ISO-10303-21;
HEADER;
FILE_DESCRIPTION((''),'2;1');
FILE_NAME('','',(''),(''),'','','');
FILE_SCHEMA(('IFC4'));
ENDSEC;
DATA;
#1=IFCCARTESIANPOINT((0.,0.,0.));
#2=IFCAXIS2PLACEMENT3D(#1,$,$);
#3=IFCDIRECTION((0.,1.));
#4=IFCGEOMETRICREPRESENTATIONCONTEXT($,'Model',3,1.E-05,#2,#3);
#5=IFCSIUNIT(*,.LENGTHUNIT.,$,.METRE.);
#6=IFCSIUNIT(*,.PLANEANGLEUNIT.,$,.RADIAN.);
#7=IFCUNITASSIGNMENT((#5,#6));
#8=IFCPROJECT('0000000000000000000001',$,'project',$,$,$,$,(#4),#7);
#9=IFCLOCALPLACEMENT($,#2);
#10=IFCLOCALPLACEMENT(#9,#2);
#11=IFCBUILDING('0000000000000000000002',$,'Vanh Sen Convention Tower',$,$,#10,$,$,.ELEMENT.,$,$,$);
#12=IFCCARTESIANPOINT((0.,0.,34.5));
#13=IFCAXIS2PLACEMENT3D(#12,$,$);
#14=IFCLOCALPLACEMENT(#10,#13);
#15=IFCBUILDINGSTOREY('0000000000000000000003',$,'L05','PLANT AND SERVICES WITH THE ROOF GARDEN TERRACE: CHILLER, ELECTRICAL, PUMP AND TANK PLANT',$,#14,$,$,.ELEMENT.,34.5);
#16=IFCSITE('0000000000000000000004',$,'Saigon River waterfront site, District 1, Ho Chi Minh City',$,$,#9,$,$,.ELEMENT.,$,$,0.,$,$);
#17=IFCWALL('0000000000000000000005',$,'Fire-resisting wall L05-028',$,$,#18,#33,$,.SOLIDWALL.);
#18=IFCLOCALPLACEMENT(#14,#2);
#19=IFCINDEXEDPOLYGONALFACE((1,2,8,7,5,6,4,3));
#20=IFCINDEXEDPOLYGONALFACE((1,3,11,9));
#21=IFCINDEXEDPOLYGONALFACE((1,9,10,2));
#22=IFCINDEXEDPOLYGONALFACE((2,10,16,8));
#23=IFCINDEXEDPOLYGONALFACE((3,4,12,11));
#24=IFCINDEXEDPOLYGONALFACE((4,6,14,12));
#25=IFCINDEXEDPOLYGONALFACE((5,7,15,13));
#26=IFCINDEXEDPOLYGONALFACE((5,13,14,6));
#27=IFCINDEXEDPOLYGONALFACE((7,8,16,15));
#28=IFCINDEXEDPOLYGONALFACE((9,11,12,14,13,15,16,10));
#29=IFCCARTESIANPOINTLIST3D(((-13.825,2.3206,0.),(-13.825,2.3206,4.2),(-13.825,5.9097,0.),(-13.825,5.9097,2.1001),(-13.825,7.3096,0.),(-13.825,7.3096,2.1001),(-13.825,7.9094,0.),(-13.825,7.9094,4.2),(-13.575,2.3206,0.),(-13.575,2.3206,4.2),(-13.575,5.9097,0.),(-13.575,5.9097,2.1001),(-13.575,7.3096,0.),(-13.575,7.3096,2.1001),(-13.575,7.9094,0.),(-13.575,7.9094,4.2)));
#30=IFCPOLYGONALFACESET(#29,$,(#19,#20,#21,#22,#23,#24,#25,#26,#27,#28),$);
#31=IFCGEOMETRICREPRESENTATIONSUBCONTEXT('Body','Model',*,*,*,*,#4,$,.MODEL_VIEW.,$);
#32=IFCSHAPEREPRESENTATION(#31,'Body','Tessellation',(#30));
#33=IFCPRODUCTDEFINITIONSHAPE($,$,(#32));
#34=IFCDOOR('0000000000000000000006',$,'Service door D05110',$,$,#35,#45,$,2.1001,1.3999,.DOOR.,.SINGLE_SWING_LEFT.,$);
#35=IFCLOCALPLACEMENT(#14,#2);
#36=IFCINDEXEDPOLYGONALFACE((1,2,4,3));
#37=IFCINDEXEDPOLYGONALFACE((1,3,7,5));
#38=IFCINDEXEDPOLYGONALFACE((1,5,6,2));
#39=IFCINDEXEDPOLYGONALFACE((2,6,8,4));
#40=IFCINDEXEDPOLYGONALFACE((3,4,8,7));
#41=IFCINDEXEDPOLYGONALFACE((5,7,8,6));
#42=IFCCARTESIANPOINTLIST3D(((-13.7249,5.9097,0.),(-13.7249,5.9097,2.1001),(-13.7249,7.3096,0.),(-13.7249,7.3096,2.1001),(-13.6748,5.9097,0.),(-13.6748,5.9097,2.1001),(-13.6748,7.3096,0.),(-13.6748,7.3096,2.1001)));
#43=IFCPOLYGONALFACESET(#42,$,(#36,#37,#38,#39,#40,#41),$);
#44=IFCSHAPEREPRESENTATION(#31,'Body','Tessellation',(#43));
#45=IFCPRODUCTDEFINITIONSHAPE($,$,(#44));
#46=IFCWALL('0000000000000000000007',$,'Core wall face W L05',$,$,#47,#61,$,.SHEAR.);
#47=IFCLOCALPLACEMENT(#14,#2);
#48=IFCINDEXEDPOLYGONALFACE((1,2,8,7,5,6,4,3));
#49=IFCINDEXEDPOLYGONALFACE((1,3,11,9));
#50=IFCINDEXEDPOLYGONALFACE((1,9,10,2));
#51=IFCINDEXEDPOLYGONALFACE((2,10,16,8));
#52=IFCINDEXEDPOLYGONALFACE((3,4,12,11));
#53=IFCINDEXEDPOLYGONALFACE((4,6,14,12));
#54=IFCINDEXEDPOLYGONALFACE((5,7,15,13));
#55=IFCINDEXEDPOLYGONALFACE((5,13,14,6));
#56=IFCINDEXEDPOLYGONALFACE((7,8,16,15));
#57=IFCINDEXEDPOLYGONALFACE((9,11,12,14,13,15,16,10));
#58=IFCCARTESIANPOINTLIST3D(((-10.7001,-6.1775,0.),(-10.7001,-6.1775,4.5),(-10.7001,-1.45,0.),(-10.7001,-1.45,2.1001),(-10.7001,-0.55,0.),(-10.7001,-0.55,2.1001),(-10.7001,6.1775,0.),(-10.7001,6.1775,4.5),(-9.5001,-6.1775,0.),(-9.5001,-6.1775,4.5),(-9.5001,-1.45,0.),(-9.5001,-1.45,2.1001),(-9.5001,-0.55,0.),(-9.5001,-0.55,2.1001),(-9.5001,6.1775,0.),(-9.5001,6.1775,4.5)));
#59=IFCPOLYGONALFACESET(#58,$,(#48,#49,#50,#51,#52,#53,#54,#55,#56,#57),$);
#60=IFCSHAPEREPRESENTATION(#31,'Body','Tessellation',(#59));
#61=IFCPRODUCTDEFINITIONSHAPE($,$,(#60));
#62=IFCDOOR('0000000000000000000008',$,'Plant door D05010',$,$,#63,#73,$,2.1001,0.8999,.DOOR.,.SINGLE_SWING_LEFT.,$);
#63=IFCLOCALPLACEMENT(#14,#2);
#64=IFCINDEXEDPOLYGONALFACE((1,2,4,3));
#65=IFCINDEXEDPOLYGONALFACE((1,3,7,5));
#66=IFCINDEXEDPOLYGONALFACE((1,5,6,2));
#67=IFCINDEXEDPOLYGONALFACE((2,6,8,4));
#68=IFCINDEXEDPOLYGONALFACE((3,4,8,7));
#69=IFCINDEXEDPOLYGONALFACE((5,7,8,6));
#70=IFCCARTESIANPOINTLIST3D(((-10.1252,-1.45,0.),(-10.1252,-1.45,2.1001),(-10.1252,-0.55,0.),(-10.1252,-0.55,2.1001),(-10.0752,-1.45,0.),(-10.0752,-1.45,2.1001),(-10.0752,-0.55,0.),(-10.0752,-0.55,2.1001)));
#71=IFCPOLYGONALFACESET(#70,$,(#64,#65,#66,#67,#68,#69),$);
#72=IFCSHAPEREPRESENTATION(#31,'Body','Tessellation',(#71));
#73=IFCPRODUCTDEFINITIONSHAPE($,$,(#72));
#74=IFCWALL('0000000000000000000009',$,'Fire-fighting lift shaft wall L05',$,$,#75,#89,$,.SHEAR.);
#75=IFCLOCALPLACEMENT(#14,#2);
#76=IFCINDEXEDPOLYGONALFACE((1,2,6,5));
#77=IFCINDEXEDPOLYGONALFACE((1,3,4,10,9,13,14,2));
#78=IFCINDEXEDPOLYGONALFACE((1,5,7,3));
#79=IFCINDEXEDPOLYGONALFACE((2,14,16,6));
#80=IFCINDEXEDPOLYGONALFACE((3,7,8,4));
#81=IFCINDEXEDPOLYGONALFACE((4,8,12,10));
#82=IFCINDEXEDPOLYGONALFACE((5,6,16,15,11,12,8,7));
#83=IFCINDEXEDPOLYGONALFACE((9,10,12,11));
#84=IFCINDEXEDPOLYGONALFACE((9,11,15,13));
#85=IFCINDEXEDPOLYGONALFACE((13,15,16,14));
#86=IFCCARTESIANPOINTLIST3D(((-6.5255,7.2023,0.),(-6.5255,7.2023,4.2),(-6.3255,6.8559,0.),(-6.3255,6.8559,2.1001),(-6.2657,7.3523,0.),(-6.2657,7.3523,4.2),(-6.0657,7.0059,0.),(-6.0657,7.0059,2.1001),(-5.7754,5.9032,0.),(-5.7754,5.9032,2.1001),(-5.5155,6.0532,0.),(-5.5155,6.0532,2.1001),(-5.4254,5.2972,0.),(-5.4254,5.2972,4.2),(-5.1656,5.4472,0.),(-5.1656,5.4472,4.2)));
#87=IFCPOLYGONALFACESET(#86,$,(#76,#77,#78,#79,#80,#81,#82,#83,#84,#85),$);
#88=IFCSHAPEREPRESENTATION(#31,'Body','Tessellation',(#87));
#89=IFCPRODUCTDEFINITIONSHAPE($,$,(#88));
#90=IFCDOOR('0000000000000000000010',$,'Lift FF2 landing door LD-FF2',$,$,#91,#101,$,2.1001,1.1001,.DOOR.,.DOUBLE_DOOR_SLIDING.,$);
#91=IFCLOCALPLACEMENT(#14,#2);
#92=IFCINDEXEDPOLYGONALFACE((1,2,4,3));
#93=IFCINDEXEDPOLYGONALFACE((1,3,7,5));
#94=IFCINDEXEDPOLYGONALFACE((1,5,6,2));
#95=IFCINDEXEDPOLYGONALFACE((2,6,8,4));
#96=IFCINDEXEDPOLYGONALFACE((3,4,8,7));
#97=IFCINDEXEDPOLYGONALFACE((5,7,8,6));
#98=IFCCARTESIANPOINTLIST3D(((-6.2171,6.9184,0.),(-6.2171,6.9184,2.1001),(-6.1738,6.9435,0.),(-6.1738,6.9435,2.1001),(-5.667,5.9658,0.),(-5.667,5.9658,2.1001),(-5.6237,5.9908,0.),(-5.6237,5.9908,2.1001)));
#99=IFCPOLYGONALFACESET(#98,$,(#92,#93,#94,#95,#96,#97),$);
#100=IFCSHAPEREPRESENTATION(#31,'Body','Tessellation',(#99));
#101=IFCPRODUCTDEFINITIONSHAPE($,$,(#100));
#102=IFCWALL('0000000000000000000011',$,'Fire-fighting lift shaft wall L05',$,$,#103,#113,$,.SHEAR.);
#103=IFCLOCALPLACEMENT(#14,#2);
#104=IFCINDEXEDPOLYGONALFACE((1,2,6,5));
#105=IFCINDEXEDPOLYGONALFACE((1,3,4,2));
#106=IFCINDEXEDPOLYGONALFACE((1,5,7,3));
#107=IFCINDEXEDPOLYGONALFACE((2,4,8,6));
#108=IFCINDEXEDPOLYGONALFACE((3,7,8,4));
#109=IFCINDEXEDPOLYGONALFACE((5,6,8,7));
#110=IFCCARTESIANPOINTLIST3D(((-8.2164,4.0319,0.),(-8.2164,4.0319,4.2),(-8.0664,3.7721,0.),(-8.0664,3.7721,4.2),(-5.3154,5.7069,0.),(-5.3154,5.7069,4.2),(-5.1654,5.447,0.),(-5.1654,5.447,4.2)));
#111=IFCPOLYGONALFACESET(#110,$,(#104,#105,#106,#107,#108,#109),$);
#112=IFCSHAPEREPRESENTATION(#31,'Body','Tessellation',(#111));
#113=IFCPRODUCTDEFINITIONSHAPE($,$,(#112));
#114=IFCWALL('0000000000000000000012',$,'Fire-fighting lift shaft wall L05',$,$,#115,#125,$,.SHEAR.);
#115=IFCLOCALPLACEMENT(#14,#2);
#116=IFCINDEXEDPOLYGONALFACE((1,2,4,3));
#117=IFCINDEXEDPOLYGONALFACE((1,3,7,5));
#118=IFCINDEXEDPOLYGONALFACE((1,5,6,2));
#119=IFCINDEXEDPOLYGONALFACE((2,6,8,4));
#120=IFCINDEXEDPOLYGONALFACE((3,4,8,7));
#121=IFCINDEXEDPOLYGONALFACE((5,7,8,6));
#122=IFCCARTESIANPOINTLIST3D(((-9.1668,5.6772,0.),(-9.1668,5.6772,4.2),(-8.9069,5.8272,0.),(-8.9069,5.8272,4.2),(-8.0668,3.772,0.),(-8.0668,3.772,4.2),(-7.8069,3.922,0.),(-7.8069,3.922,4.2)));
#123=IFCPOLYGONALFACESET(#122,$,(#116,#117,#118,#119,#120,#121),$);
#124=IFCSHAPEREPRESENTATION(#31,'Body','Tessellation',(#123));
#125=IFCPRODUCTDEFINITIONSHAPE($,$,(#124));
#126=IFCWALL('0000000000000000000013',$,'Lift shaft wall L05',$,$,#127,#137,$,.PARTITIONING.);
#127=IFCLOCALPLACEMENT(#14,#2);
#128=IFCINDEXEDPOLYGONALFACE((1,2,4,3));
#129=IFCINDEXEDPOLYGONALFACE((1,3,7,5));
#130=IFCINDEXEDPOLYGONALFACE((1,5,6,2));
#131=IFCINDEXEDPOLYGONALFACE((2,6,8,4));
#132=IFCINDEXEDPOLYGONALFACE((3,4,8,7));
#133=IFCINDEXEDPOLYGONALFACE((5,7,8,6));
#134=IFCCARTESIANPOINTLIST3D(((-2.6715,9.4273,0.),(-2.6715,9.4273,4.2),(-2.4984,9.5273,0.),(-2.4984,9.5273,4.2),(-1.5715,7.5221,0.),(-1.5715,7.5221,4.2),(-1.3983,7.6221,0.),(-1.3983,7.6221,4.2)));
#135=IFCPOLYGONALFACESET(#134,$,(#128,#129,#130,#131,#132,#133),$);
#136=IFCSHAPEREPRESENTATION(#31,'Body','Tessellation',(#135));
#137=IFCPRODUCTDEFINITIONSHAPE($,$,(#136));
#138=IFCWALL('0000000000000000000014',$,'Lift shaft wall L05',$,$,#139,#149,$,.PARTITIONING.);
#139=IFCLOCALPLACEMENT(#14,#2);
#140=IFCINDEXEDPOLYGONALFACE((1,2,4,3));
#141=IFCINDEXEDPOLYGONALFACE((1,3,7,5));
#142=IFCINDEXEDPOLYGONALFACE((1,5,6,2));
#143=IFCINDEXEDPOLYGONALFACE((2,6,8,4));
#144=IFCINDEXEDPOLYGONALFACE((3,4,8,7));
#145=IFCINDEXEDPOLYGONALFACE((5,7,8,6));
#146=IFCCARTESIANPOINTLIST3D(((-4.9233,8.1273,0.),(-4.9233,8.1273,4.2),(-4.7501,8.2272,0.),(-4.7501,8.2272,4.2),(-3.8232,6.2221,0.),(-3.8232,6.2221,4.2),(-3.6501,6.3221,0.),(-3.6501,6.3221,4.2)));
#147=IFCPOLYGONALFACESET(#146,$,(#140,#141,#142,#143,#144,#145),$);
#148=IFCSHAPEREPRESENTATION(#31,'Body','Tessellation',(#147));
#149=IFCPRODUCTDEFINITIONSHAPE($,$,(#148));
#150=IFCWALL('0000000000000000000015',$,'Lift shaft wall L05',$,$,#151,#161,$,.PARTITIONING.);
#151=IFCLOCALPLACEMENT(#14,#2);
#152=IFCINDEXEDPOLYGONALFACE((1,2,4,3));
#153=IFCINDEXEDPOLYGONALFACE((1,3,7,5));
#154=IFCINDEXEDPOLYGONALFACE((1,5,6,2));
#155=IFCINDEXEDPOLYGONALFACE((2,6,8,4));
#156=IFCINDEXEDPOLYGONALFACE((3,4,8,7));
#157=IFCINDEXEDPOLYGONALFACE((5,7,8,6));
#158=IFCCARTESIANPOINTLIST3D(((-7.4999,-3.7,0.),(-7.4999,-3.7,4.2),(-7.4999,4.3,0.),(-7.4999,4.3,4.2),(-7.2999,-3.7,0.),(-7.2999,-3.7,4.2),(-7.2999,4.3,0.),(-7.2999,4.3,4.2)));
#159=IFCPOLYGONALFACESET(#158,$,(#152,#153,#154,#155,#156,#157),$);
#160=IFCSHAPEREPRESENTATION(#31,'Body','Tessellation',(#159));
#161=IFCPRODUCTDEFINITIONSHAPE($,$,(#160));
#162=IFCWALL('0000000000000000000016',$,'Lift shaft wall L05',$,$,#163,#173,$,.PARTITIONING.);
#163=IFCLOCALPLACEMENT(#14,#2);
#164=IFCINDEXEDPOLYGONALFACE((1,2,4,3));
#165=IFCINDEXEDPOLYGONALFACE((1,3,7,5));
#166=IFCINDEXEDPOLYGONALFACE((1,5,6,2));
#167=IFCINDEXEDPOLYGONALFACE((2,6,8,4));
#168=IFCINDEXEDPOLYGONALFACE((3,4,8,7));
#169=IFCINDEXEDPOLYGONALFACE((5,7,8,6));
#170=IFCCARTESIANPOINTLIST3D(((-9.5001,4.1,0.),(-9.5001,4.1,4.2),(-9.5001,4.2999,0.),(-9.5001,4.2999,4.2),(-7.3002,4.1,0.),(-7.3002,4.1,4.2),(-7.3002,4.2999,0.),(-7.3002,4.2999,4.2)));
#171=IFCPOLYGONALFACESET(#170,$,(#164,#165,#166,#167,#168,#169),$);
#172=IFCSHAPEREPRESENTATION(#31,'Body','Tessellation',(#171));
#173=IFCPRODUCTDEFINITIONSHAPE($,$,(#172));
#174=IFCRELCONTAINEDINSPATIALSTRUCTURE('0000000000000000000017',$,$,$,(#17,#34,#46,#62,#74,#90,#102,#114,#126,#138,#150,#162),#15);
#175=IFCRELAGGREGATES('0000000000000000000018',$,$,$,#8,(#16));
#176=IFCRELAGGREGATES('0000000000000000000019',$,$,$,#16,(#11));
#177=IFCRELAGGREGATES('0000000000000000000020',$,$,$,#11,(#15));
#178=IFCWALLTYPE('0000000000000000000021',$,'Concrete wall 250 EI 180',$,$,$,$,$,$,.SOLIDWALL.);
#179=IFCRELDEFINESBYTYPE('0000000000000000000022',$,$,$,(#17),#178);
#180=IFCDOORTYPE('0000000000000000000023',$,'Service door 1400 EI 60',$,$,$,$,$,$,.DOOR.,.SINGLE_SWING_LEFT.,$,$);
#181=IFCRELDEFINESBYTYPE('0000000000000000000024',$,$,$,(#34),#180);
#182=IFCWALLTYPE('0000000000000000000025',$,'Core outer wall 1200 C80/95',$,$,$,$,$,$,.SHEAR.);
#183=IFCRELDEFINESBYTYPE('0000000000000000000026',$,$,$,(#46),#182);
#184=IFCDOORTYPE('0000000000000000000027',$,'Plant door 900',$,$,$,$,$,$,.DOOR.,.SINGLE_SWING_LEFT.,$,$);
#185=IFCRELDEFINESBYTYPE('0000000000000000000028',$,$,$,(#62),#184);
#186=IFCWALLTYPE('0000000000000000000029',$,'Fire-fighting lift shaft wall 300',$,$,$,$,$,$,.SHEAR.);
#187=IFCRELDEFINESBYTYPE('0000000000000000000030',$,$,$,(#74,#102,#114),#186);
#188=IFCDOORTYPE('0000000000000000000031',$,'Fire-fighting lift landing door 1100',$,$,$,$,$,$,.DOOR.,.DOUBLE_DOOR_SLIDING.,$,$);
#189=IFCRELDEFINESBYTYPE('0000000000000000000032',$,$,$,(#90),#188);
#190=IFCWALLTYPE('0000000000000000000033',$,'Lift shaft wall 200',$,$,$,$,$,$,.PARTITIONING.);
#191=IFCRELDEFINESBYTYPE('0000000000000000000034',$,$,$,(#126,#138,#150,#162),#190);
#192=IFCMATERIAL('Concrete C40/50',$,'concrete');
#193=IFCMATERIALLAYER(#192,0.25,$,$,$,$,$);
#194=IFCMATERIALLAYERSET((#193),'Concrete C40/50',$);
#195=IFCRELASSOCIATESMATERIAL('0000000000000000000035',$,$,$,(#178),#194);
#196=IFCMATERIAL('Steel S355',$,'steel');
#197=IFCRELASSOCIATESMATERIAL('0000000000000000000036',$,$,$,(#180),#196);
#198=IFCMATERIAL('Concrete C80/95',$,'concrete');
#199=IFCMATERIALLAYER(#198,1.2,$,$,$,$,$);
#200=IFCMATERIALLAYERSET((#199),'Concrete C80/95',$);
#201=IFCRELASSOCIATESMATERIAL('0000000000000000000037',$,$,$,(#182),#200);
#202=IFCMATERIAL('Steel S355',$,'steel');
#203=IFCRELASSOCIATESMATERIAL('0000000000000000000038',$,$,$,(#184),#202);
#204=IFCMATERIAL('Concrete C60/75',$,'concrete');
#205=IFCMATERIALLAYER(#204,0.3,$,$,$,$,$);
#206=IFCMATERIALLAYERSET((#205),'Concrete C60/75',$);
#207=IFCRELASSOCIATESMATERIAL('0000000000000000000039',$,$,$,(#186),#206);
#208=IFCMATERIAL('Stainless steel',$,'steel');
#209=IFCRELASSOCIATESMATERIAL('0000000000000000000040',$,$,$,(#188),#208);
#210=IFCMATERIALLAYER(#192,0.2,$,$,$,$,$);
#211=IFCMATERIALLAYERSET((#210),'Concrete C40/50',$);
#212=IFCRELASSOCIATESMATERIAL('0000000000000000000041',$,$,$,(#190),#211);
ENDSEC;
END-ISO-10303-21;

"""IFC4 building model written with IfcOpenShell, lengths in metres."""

from ifc_helpers import new_model, si_unit, direction, frame, frame_2d, origin, place, context, subcontext, project, spatial, rectangle, extrude, material, layer, layer_set, type_object, element, fill, save


model = new_model("IFC4")

# Units and contexts
model_context = context("Model", 3, precision=1e-05, world=origin(), true_north=direction((0.0, 1.0)))
body_context = subcontext(model_context, "Body", "Model", "MODEL_VIEW")
ifc_project = project(units=[si_unit("LENGTHUNIT", "METRE"), si_unit("PLANEANGLEUNIT", "RADIAN")], contexts=[model_context])

# Site, building, storey
site_placement = place(None, origin())
site = spatial("IfcSite", under=ifc_project, at=site_placement, Name="Saigon River waterfront site, District 1, Ho Chi Minh City", CompositionType="ELEMENT", RefElevation=0.0)
building_placement = place(site_placement, origin())
building = spatial("IfcBuilding", under=site, at=building_placement, Name="Vanh Sen Convention Tower", CompositionType="ELEMENT")
storey_placement = place(building_placement, frame((0.0, 0.0, 34.5)))
storey = spatial("IfcBuildingStorey", under=building, at=storey_placement, Name="L05", Description="PLANT AND SERVICES WITH THE ROOF GARDEN TERRACE: CHILLER, ELECTRICAL, PUMP AND TANK PLANT", CompositionType="ELEMENT", Elevation=34.5)

# Walls, openings, doors
ifc_material_1 = material(Name="Concrete C40/50", Category="concrete")
ifc_layer_1 = layer(ifc_material_1, 0.25)
ifc_layer_set_1 = layer_set([ifc_layer_1], Name="Concrete C40/50")
wall_type_1 = type_object("IfcWallType", Name="Concrete wall 250 EI 180", PredefinedType="SOLIDWALL", material=ifc_layer_set_1)
wall_1_placement = place(storey_placement, frame((-13.7, 2.3206, 0.0), z_axis=(0.0, 0.0, 1.0), x_axis=(0.0, 1.0, 0.0)))
wall_1 = element("IfcWall", 1, at=wall_1_placement, inside=storey, type_object=wall_type_1, Name="Fire-resisting wall L05-028", PredefinedType="SOLIDWALL", context=body_context, shape_type="SweptSolid", body=[
    extrude(rectangle(XDim=5.5889, YDim=0.25, at=frame_2d((2.7944, 0.0))), origin(), (0.0, 0.0, 1.0), 4.2),
])
opening_1_placement = place(wall_1_placement, frame((3.5891, 0.0, 0.0)))
opening_1 = element("IfcOpeningElement", 2, at=opening_1_placement, cuts=wall_1, PredefinedType="OPENING", context=body_context, shape_type="SweptSolid", body=[
    extrude(rectangle(XDim=1.3999, YDim=2.1001, at=frame_2d((0.7, 1.05))), frame((0.0, 0.135, 0.0), z_axis=(0.0, -1.0, 0.0), x_axis=(1.0, 0.0, 0.0)), (0.0, 0.0, 1.0), 0.27),
])
ifc_material_2 = material(Name="Steel S355", Category="steel")
door_type_1 = type_object("IfcDoorType", Name="Service door 1400 EI 60", OperationType="SINGLE_SWING_LEFT", PredefinedType="DOOR", material=ifc_material_2)
door_1_placement = place(opening_1_placement, origin())
door_1 = element("IfcDoor", 3, at=door_1_placement, inside=storey, type_object=door_type_1, Name="Service door D05110", OperationType="SINGLE_SWING_LEFT", OverallHeight=2.1001, OverallWidth=1.3999, PredefinedType="DOOR", context=body_context, shape_type="SweptSolid", body=[
    extrude(rectangle(XDim=1.3999, YDim=2.1001, at=frame_2d((0.7, 1.05))), frame((0.0, 0.0249, 0.0), z_axis=(0.0, -1.0, 0.0), x_axis=(1.0, 0.0, 0.0)), (0.0, 0.0, 1.0), 0.05),
])
fill(opening_1, door_1)
ifc_material_3 = material(Name="Concrete C80/95", Category="concrete")
ifc_layer_2 = layer(ifc_material_3, 1.2)
ifc_layer_set_2 = layer_set([ifc_layer_2], Name="Concrete C80/95")
wall_type_2 = type_object("IfcWallType", Name="Core outer wall 1200 C80/95", PredefinedType="SHEAR", material=ifc_layer_set_2)
wall_2_placement = place(storey_placement, frame((-10.1001, 6.1775, 0.0), z_axis=(0.0, 0.0, 1.0), x_axis=(0.0, -1.0, 0.0)))
wall_2 = element("IfcWall", 4, at=wall_2_placement, inside=storey, type_object=wall_type_2, Name="Core wall face W L05", PredefinedType="SHEAR", context=body_context, shape_type="SweptSolid", body=[
    extrude(rectangle(XDim=12.355, YDim=1.2, at=frame_2d((6.1775, 0.0))), origin(), (0.0, 0.0, 1.0), 4.5),
])
opening_2_placement = place(wall_2_placement, frame((6.7275, 0.0, 0.0)))
opening_2 = element("IfcOpeningElement", 5, at=opening_2_placement, cuts=wall_2, PredefinedType="OPENING", context=body_context, shape_type="SweptSolid", body=[
    extrude(rectangle(XDim=0.8999, YDim=2.1001, at=frame_2d((0.45, 1.05))), frame((0.0, 0.6099, 0.0), z_axis=(0.0, -1.0, 0.0), x_axis=(1.0, 0.0, 0.0)), (0.0, 0.0, 1.0), 1.22),
])
ifc_material_4 = material(Name="Steel S355", Category="steel")
door_type_2 = type_object("IfcDoorType", Name="Plant door 900", OperationType="SINGLE_SWING_LEFT", PredefinedType="DOOR", material=ifc_material_4)
door_2_placement = place(opening_2_placement, origin())
door_2 = element("IfcDoor", 6, at=door_2_placement, inside=storey, type_object=door_type_2, Name="Plant door D05010", OperationType="SINGLE_SWING_LEFT", OverallHeight=2.1001, OverallWidth=0.8999, PredefinedType="DOOR", context=body_context, shape_type="SweptSolid", body=[
    extrude(rectangle(XDim=0.8999, YDim=2.1001, at=frame_2d((0.45, 1.05))), frame((0.0, 0.0249, 0.0), z_axis=(0.0, -1.0, 0.0), x_axis=(1.0, 0.0, 0.0)), (0.0, 0.0, 1.0), 0.05),
])
fill(opening_2, door_2)
ifc_material_5 = material(Name="Concrete C60/75", Category="concrete")
ifc_layer_3 = layer(ifc_material_5, 0.3)
ifc_layer_set_3 = layer_set([ifc_layer_3], Name="Concrete C60/75")
wall_type_3 = type_object("IfcWallType", Name="Fire-fighting lift shaft wall 300", PredefinedType="SHEAR", material=ifc_layer_set_3)
wall_3_placement = place(storey_placement, frame((-5.2954, 5.3721, 0.0), z_axis=(0.0, 0.0, 1.0), x_axis=(-0.500078, 0.86598, 0.0)))
wall_3 = element("IfcWall", 7, at=wall_3_placement, inside=storey, type_object=wall_type_3, Name="Fire-fighting lift shaft wall L05", PredefinedType="SHEAR", context=body_context, shape_type="SweptSolid", body=[
    extrude(rectangle(XDim=2.2, YDim=0.3, at=frame_2d((1.1001, 0.0))), origin(), (0.0, 0.0, 1.0), 4.2),
])
opening_3_placement = place(wall_3_placement, frame((0.7, 0.0, 0.0)))
opening_3 = element("IfcOpeningElement", 8, at=opening_3_placement, cuts=wall_3, PredefinedType="OPENING", context=body_context, shape_type="SweptSolid", body=[
    extrude(rectangle(XDim=1.1001, YDim=2.1001, at=frame_2d((0.55, 1.05))), frame((0.0, 0.1599, 0.0), z_axis=(0.0, -1.0, 0.0), x_axis=(1.0, 0.0, 0.0)), (0.0, 0.0, 1.0), 0.3201),
])
ifc_material_6 = material(Name="Stainless steel", Category="steel")
door_type_3 = type_object("IfcDoorType", Name="Fire-fighting lift landing door 1100", OperationType="DOUBLE_DOOR_SLIDING", PredefinedType="DOOR", material=ifc_material_6)
door_3_placement = place(opening_3_placement, origin())
door_3 = element("IfcDoor", 9, at=door_3_placement, inside=storey, type_object=door_type_3, Name="Lift FF2 landing door LD-FF2", OperationType="DOUBLE_DOOR_SLIDING", OverallHeight=2.1001, OverallWidth=1.1001, PredefinedType="DOOR", context=body_context, shape_type="SweptSolid", body=[
    extrude(rectangle(XDim=1.1001, YDim=2.1001, at=frame_2d((0.55, 1.05))), frame((0.0, 0.0249, 0.0), z_axis=(0.0, -1.0, 0.0), x_axis=(1.0, 0.0, 0.0)), (0.0, 0.0, 1.0), 0.05),
])
fill(opening_3, door_3)

# Walls
wall_4_placement = place(storey_placement, frame((-5.2405, 5.5769, 0.0), z_axis=(0.0, 0.0, 1.0), x_axis=(-0.866014, -0.500019, 0.0)))
element("IfcWall", 10, at=wall_4_placement, inside=storey, type_object=wall_type_3, Name="Fire-fighting lift shaft wall L05", PredefinedType="SHEAR", context=body_context, shape_type="SweptSolid", body=[
    extrude(rectangle(XDim=3.3499, YDim=0.3, at=frame_2d((1.6748, 0.0))), origin(), (0.0, 0.0, 1.0), 4.2),
])
wall_5_placement = place(storey_placement, frame((-7.9368, 3.8469, 0.0), z_axis=(0.0, 0.0, 1.0), x_axis=(-0.50003, 0.866008, 0.0)))
element("IfcWall", 11, at=wall_5_placement, inside=storey, type_object=wall_type_3, Name="Fire-fighting lift shaft wall L05", PredefinedType="SHEAR", context=body_context, shape_type="SweptSolid", body=[
    extrude(rectangle(XDim=2.2, YDim=0.3, at=frame_2d((1.1001, 0.0))), origin(), (0.0, 0.0, 1.0), 4.2),
])
ifc_layer_4 = layer(ifc_material_1, 0.2)
ifc_layer_set_4 = layer_set([ifc_layer_4], Name="Concrete C40/50")
wall_type_4 = type_object("IfcWallType", Name="Lift shaft wall 200", PredefinedType="PARTITIONING", material=ifc_layer_set_4)
for number, where, z_axis, x_axis, name in (
    (12, (-1.4849, 7.572, 0.0), (0.0, 0.0, 1.0), (-0.50003, 0.866008, 0.0), "Lift shaft wall L05"),
    (13, (-3.7366, 6.272, 0.0), (0.0, 0.0, 1.0), (-0.50003, 0.866008, 0.0), "Lift shaft wall L05"),
):
    element("IfcWall", number, at=place(storey_placement, frame(where, z_axis=z_axis, x_axis=x_axis)), inside=storey, type_object=wall_type_4, Name=name, PredefinedType="PARTITIONING", context=body_context, shape_type="SweptSolid", body=[
        extrude(rectangle(XDim=2.2, YDim=0.2, at=frame_2d((1.1001, 0.0))), origin(), (0.0, 0.0, 1.0), 4.2),
    ])
wall_6_placement = place(storey_placement, frame((-7.3999, 4.3, 0.0), z_axis=(0.0, 0.0, 1.0), x_axis=(0.0, -1.0, 0.0)))
element("IfcWall", 14, at=wall_6_placement, inside=storey, type_object=wall_type_4, Name="Lift shaft wall L05", PredefinedType="PARTITIONING", context=body_context, shape_type="SweptSolid", body=[
    extrude(rectangle(XDim=8.0, YDim=0.2, at=frame_2d((4.0, 0.0))), origin(), (0.0, 0.0, 1.0), 4.2),
])
for number, where, z_axis, x_axis, name in (
    (15, (-7.3, 4.2, 0.0), (0.0, 0.0, 1.0), (-1.0, 0.0, 0.0), "Lift shaft wall L05"),
):
    element("IfcWall", number, at=place(storey_placement, frame(where, z_axis=z_axis, x_axis=x_axis)), inside=storey, type_object=wall_type_4, Name=name, PredefinedType="PARTITIONING", context=body_context, shape_type="SweptSolid", body=[
        extrude(rectangle(XDim=2.2, YDim=0.2, at=frame_2d((1.1001, 0.0))), origin(), (0.0, 0.0, 1.0), 4.2),
    ])

save(model, "model.ifc")
